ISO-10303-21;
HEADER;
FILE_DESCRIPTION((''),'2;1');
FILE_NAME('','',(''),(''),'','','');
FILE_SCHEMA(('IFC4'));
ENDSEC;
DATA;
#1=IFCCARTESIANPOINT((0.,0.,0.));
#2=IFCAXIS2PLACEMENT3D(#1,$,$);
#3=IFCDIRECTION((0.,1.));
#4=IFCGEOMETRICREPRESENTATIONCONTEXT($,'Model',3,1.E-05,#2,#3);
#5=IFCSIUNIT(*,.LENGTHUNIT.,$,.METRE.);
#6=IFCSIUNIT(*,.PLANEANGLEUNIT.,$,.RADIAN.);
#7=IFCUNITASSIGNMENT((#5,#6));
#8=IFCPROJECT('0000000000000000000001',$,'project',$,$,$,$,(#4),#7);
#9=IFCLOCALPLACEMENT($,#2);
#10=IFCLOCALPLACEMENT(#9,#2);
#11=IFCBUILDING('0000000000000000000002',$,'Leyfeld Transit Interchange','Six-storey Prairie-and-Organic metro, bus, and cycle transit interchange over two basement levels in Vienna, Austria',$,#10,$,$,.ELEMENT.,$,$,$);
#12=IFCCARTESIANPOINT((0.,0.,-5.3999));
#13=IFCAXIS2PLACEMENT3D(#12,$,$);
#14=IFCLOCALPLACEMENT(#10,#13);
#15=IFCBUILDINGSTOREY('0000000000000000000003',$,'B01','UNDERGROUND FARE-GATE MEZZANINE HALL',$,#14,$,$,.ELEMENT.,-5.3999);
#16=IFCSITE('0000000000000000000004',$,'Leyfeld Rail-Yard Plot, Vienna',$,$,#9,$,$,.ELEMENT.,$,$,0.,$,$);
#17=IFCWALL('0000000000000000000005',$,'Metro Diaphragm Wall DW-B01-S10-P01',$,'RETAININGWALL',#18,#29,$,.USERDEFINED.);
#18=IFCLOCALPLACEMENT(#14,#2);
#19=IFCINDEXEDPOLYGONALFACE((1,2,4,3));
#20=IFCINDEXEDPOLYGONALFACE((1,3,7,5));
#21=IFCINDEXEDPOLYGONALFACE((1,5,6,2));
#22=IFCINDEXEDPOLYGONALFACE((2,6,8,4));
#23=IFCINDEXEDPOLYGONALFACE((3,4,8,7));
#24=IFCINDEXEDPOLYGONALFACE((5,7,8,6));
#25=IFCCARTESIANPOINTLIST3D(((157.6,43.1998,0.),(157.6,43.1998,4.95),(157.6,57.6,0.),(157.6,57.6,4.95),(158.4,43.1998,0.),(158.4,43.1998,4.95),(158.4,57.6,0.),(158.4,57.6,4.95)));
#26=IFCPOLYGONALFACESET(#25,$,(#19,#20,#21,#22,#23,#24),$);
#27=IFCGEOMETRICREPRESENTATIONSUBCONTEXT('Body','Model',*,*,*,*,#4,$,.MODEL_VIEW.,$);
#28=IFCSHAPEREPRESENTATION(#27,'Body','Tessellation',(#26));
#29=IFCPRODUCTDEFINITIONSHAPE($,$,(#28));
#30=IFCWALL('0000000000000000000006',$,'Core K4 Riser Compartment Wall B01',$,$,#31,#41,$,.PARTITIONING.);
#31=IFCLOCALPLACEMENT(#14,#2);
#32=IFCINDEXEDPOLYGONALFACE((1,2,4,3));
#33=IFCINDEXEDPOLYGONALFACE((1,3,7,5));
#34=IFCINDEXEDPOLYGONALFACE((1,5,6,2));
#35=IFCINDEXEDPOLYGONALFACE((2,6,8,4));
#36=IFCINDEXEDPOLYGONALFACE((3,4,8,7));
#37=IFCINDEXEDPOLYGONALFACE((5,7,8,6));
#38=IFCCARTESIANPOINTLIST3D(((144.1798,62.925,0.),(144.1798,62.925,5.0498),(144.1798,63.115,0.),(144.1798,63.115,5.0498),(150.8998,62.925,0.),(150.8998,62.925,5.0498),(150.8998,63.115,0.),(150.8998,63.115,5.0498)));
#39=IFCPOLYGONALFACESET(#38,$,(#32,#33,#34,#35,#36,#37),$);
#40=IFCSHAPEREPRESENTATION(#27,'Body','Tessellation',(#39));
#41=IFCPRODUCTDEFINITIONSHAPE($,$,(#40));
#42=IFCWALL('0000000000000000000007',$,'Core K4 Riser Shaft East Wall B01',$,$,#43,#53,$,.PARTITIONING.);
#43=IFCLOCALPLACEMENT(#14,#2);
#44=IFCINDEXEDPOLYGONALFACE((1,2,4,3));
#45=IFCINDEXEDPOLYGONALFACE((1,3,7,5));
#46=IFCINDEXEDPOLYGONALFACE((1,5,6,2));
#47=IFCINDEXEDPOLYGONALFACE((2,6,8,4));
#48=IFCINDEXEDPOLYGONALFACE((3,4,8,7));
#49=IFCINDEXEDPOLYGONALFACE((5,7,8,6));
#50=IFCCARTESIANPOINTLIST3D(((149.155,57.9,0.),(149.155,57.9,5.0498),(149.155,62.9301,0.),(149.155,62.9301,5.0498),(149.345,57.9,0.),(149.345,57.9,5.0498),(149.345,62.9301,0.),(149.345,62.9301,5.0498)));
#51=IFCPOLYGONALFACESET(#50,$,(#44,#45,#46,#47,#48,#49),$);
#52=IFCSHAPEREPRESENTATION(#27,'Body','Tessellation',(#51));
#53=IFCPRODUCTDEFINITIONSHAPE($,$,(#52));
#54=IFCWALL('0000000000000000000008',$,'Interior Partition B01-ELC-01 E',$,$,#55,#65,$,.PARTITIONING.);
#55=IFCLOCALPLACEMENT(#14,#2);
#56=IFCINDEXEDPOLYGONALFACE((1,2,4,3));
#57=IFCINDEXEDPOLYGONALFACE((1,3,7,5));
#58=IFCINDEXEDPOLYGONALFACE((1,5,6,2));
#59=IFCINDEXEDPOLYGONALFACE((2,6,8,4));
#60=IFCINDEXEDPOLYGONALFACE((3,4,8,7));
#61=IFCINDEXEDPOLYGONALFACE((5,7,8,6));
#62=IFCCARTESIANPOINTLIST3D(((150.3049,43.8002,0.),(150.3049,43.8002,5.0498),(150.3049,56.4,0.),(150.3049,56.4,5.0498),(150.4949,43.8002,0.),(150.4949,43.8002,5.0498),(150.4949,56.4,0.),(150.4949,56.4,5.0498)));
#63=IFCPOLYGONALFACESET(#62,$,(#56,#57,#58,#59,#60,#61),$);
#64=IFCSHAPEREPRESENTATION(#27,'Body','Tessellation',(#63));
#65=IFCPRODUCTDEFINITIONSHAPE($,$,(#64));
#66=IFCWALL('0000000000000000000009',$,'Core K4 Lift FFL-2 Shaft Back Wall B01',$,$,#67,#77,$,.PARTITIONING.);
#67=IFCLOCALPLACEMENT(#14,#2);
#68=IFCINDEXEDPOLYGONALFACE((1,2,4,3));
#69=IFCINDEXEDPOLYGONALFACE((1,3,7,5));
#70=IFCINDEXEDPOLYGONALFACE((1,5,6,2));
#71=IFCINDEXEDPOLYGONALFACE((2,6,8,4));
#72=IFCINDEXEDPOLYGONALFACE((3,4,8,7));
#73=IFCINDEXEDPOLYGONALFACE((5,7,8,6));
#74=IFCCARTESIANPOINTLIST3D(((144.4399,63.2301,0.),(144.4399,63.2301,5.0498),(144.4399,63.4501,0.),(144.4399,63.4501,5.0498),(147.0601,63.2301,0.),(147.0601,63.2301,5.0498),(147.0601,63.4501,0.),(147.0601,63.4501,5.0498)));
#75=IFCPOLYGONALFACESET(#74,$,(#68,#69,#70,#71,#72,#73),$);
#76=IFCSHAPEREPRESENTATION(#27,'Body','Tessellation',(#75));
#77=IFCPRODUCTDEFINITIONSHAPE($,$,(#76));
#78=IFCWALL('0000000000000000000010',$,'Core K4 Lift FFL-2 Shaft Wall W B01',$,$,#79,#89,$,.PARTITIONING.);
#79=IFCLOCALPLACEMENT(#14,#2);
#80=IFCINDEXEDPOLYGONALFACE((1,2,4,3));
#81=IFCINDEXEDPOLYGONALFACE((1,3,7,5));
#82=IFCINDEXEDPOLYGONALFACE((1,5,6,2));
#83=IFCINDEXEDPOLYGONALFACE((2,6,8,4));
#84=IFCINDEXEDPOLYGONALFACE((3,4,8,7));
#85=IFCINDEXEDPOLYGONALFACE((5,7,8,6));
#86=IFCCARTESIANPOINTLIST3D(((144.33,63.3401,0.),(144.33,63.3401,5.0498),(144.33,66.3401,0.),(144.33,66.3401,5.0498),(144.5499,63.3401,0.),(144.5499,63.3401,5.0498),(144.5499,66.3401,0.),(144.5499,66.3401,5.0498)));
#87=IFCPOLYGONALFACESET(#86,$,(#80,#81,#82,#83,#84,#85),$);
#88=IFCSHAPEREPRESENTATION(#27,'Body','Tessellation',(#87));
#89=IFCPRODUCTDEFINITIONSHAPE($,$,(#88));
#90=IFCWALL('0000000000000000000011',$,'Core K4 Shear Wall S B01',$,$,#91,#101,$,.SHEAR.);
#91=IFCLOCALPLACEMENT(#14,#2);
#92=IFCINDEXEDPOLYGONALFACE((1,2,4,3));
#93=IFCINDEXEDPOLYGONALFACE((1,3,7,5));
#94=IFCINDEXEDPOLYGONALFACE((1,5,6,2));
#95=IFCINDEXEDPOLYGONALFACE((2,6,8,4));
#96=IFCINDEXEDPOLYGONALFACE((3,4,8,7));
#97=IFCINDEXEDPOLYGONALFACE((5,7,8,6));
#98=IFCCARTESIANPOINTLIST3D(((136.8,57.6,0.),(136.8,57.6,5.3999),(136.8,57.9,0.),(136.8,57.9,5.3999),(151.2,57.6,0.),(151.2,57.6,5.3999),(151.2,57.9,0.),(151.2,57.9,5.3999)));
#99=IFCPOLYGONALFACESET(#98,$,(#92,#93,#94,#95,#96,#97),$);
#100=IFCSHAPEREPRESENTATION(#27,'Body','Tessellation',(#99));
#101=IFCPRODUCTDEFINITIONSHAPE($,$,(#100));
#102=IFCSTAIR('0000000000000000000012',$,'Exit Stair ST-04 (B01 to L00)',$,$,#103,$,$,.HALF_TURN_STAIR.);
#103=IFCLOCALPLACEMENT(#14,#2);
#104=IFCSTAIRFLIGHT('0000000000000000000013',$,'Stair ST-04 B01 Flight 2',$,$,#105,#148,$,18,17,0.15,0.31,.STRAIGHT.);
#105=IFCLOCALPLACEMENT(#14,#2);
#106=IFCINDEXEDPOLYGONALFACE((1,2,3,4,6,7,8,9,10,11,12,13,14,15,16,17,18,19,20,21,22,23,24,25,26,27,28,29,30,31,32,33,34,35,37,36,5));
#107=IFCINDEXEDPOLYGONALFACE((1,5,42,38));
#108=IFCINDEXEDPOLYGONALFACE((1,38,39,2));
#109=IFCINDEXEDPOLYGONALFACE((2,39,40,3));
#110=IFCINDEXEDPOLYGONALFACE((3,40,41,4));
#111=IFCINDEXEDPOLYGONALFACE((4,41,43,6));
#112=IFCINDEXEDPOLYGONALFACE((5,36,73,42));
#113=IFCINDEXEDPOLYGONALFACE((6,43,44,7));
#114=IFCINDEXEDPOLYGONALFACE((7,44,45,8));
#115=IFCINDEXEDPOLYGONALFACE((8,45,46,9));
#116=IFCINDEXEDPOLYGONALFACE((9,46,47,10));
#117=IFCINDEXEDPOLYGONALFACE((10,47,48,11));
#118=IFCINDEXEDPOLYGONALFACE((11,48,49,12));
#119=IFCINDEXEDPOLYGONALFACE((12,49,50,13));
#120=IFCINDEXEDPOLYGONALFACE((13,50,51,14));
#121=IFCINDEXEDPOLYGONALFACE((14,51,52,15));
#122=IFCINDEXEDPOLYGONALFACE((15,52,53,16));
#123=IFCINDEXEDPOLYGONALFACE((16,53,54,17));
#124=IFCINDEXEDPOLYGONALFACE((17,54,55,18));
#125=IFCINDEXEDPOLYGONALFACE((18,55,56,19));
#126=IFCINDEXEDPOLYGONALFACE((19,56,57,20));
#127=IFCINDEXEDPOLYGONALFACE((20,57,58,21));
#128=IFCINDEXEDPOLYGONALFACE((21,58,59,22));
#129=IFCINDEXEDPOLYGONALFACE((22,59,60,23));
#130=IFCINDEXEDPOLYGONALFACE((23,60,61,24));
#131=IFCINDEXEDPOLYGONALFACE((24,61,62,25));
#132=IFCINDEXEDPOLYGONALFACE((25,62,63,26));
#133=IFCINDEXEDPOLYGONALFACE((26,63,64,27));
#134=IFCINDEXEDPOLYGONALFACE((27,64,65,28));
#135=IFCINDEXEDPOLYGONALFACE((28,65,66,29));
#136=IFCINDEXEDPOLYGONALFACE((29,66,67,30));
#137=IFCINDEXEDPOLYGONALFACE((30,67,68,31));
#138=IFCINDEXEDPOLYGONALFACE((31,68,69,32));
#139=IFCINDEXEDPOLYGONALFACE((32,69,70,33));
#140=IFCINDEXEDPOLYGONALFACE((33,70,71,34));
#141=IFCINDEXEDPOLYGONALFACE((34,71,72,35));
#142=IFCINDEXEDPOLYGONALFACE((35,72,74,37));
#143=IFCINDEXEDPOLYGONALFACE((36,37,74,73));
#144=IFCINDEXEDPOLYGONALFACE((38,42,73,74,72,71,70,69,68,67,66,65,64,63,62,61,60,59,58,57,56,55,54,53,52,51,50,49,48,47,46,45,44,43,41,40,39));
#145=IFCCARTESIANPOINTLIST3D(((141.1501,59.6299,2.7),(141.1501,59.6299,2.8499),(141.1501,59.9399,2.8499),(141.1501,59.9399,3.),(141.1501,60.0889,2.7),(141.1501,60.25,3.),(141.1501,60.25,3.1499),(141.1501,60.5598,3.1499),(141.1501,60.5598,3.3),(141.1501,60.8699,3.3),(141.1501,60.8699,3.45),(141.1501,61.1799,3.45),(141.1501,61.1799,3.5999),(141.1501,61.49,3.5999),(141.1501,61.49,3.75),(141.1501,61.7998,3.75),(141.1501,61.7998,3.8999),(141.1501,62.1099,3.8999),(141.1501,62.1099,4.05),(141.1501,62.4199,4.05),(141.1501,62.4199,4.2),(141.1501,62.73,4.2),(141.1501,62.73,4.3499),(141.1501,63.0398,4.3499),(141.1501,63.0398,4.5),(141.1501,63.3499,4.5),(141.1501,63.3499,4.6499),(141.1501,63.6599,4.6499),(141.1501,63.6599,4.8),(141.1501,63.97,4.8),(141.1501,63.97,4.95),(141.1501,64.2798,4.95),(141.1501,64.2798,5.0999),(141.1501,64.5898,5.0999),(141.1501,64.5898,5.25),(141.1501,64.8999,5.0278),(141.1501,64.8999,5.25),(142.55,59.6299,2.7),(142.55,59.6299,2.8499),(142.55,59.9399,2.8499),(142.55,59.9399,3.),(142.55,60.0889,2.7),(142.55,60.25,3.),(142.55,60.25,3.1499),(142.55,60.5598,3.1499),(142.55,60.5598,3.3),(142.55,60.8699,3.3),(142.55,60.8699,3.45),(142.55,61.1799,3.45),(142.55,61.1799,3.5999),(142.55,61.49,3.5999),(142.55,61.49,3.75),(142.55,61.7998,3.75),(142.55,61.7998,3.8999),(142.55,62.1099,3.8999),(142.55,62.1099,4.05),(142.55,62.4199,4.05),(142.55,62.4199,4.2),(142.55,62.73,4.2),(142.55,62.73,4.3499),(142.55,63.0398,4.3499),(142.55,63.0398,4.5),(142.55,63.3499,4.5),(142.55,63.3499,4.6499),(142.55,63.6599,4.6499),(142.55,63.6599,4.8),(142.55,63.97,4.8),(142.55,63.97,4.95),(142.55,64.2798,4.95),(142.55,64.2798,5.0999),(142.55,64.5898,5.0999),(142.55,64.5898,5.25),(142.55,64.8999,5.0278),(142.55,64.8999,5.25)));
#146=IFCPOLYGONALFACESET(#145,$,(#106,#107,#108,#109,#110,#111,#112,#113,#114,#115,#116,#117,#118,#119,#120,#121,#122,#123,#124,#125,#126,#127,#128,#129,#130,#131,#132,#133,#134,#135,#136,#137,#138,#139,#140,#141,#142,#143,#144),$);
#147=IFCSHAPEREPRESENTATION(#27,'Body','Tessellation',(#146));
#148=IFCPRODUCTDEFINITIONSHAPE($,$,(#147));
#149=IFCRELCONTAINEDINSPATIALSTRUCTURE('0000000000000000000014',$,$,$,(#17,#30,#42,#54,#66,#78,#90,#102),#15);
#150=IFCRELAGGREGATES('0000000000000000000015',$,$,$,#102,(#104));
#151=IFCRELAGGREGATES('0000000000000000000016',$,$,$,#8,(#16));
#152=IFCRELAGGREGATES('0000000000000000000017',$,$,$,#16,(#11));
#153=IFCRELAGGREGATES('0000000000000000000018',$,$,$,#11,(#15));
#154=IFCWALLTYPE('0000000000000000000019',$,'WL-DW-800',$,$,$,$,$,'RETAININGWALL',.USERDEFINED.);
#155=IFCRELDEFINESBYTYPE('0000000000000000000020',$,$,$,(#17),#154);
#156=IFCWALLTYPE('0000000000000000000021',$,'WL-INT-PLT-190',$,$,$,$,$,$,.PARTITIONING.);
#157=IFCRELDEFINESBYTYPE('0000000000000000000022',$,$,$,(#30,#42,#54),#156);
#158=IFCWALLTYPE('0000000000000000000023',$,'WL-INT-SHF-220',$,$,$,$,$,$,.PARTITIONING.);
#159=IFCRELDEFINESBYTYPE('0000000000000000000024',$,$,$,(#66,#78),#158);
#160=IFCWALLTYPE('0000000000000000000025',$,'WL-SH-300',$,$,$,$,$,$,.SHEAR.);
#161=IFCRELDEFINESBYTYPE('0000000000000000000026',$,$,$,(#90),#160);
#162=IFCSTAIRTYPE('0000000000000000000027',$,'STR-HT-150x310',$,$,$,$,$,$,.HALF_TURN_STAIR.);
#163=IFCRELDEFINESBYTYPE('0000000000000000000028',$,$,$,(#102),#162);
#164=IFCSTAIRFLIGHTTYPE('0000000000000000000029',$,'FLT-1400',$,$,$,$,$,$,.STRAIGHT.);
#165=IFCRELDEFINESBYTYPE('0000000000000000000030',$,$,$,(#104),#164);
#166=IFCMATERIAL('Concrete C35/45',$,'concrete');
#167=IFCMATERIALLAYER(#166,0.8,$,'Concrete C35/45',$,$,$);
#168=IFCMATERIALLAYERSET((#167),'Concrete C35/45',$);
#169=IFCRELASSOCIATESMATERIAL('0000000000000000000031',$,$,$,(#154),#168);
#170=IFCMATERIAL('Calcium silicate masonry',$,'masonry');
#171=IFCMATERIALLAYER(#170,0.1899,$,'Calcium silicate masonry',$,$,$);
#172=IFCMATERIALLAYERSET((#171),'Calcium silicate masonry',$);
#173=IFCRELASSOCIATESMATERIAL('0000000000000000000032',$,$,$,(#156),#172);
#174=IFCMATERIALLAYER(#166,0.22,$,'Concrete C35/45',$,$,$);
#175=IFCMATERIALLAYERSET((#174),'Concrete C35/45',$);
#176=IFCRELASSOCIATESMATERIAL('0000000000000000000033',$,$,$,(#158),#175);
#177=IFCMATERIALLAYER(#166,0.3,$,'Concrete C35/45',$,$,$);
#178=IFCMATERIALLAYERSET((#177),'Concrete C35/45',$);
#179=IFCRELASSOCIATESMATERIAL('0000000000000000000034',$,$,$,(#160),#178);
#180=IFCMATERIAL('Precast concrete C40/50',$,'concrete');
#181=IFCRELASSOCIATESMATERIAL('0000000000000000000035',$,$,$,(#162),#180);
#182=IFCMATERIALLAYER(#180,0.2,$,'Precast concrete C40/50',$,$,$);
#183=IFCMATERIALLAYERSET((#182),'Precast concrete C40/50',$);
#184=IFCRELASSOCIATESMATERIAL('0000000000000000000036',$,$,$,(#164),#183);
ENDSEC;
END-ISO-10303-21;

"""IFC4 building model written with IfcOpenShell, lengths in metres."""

from ifc_helpers import new_model, si_unit, direction, frame, frame_2d, origin, place, context, subcontext, project, spatial, polyline, rectangle, outline, extrude, material, layer, layer_set, type_object, element, aggregate, save


model = new_model("IFC4")

# Units and contexts
model_context = context("Model", 3, precision=1e-05, world=origin(), true_north=direction((0.0, 1.0)))
body_context = subcontext(model_context, "Body", "Model", "MODEL_VIEW")
ifc_project = project(units=[si_unit("LENGTHUNIT", "METRE"), si_unit("PLANEANGLEUNIT", "RADIAN")], contexts=[model_context])

# Site, building, storey
site_placement = place(None, origin())
site = spatial("IfcSite", under=ifc_project, at=site_placement, Name="Leyfeld Rail-Yard Plot, Vienna", CompositionType="ELEMENT", RefElevation=0.0)
building_placement = place(site_placement, origin())
building = spatial("IfcBuilding", under=site, at=building_placement, Name="Leyfeld Transit Interchange", Description="Six-storey Prairie-and-Organic metro, bus, and cycle transit interchange over two basement levels in Vienna, Austria", CompositionType="ELEMENT")
storey_placement = place(building_placement, frame((0.0, 0.0, -5.3999)))
storey = spatial("IfcBuildingStorey", under=building, at=storey_placement, Name="B01", Description="UNDERGROUND FARE-GATE MEZZANINE HALL", CompositionType="ELEMENT", Elevation=-5.3999)

# Shared definitions
ifc_material_1 = material(Name="Concrete C35/45", Category="concrete")

# Walls
ifc_layer_1 = layer(ifc_material_1, 0.8, Name="Concrete C35/45")
ifc_layer_set_1 = layer_set([ifc_layer_1], Name="Concrete C35/45")
wall_type_1 = type_object("IfcWallType", Name="WL-DW-800", ElementType="RETAININGWALL", PredefinedType="USERDEFINED", material=ifc_layer_set_1)
wall_1_placement = place(storey_placement, frame((158.0, 57.6001, 0.0), z_axis=(0.0, 0.0, 1.0), x_axis=(0.0, -1.0, 0.0)))
element("IfcWall", 1, at=wall_1_placement, inside=storey, type_object=wall_type_1, Name="Metro Diaphragm Wall DW-B01-S10-P01", ObjectType="RETAININGWALL", PredefinedType="USERDEFINED", context=body_context, shape_type="SweptSolid", body=[
    extrude(rectangle(XDim=14.4001, YDim=0.8, at=frame_2d((7.2002, 0.0))), origin(), (0.0, 0.0, 1.0), 4.95),
])
ifc_material_2 = material(Name="Calcium silicate masonry", Category="masonry")
ifc_layer_2 = layer(ifc_material_2, 0.1899, Name="Calcium silicate masonry")
ifc_layer_set_2 = layer_set([ifc_layer_2], Name="Calcium silicate masonry")
wall_type_2 = type_object("IfcWallType", Name="WL-INT-PLT-190", PredefinedType="PARTITIONING", material=ifc_layer_set_2)
wall_2_placement = place(storey_placement, frame((144.1799, 63.02, 0.0), z_axis=(0.0, 0.0, 1.0), x_axis=(1.0, 0.0, 0.0)))
element("IfcWall", 2, at=wall_2_placement, inside=storey, type_object=wall_type_2, Name="Core K4 Riser Compartment Wall B01", PredefinedType="PARTITIONING", context=body_context, shape_type="SweptSolid", body=[
    extrude(rectangle(XDim=6.72, YDim=0.1899, at=frame_2d((3.3599, 0.0))), origin(), (0.0, 0.0, 1.0), 5.0498),
])
wall_3_placement = place(storey_placement, frame((149.25, 57.8999, 0.0), z_axis=(0.0, 0.0, 1.0), x_axis=(0.0, 1.0, 0.0)))
element("IfcWall", 3, at=wall_3_placement, inside=storey, type_object=wall_type_2, Name="Core K4 Riser Shaft East Wall B01", PredefinedType="PARTITIONING", context=body_context, shape_type="SweptSolid", body=[
    extrude(rectangle(XDim=5.03, YDim=0.1899, at=frame_2d((2.5151, 0.0))), origin(), (0.0, 0.0, 1.0), 5.0498),
])
wall_4_placement = place(storey_placement, frame((150.3999, 56.3999, 0.0), z_axis=(0.0, 0.0, 1.0), x_axis=(0.0, -1.0, 0.0)))
element("IfcWall", 4, at=wall_4_placement, inside=storey, type_object=wall_type_2, Name="Interior Partition B01-ELC-01 E", PredefinedType="PARTITIONING", context=body_context, shape_type="SweptSolid", body=[
    extrude(rectangle(XDim=12.5999, YDim=0.1899, at=frame_2d((6.2998, 0.0))), origin(), (0.0, 0.0, 1.0), 5.0498),
])
ifc_layer_3 = layer(ifc_material_1, 0.22, Name="Concrete C35/45")
ifc_layer_set_3 = layer_set([ifc_layer_3], Name="Concrete C35/45")
wall_type_3 = type_object("IfcWallType", Name="WL-INT-SHF-220", PredefinedType="PARTITIONING", material=ifc_layer_set_3)
wall_5_placement = place(storey_placement, frame((144.4399, 63.3401, 0.0), z_axis=(0.0, 0.0, 1.0), x_axis=(1.0, 0.0, 0.0)))
element("IfcWall", 5, at=wall_5_placement, inside=storey, type_object=wall_type_3, Name="Core K4 Lift FFL-2 Shaft Back Wall B01", PredefinedType="PARTITIONING", context=body_context, shape_type="SweptSolid", body=[
    extrude(rectangle(XDim=2.6201, YDim=0.22, at=frame_2d((1.3101, 0.0))), origin(), (0.0, 0.0, 1.0), 5.0498),
])
wall_6_placement = place(storey_placement, frame((144.4399, 63.3401, 0.0), z_axis=(0.0, 0.0, 1.0), x_axis=(0.0, 1.0, 0.0)))
element("IfcWall", 6, at=wall_6_placement, inside=storey, type_object=wall_type_3, Name="Core K4 Lift FFL-2 Shaft Wall W B01", PredefinedType="PARTITIONING", context=body_context, shape_type="SweptSolid", body=[
    extrude(rectangle(XDim=3.0, YDim=0.22, at=frame_2d((1.5, 0.0))), origin(), (0.0, 0.0, 1.0), 5.0498),
])
ifc_layer_4 = layer(ifc_material_1, 0.3, Name="Concrete C35/45")
ifc_layer_set_4 = layer_set([ifc_layer_4], Name="Concrete C35/45")
wall_type_4 = type_object("IfcWallType", Name="WL-SH-300", PredefinedType="SHEAR", material=ifc_layer_set_4)
wall_7_placement = place(storey_placement, frame((151.2, 57.75, 0.0), z_axis=(0.0, 0.0, 1.0), x_axis=(-1.0, 0.0, 0.0)))
element("IfcWall", 7, at=wall_7_placement, inside=storey, type_object=wall_type_4, Name="Core K4 Shear Wall S B01", PredefinedType="SHEAR", context=body_context, shape_type="SweptSolid", body=[
    extrude(rectangle(XDim=14.3999, YDim=0.3, at=frame_2d((7.2, 0.0))), origin(), (0.0, 0.0, 1.0), 5.3999),
])

# Stair, stair flight
ifc_material_3 = material(Name="Precast concrete C40/50", Category="concrete")
stair_type = type_object("IfcStairType", Name="STR-HT-150x310", PredefinedType="HALF_TURN_STAIR", material=ifc_material_3)
stair_placement = place(storey_placement, origin())
stair = element("IfcStair", 8, at=stair_placement, inside=storey, type_object=stair_type, Name="Exit Stair ST-04 (B01 to L00)", PredefinedType="HALF_TURN_STAIR")
ifc_layer_5 = layer(ifc_material_3, 0.2, Name="Precast concrete C40/50")
ifc_layer_set_5 = layer_set([ifc_layer_5], Name="Precast concrete C40/50")
stair_flight_type = type_object("IfcStairFlightType", Name="FLT-1400", PredefinedType="STRAIGHT", material=ifc_layer_set_5)
stair_flight_placement = place(storey_placement, frame((141.8501, 59.6299, 2.7), z_axis=(0.0, 0.0, 1.0), x_axis=(0.0, 1.0, 0.0)))
stair_flight = element("IfcStairFlight", 9, at=stair_flight_placement, type_object=stair_flight_type, Name="Stair ST-04 B01 Flight 2", NumberOfRisers=18, NumberOfTreads=17, PredefinedType="STRAIGHT", RiserHeight=0.15, TreadLength=0.31, context=body_context, shape_type="SweptSolid", body=[
    extrude(outline(polyline([(0.0, 0.0), (0.0, 0.1499), (0.3101, 0.1499), (0.3101, 0.3), (0.6201, 0.3), (0.6201, 0.45), (0.9299, 0.45), (0.9299, 0.6001), (1.24, 0.6001), (1.24, 0.75), (1.55, 0.75), (1.55, 0.8999), (1.8601, 0.8999), (1.8601, 1.05), (2.1699, 1.05), (2.1699, 1.2), (2.48, 1.2), (2.48, 1.3501), (2.79, 1.3501), (2.79, 1.5), (3.1001, 1.5), (3.1001, 1.6499), (3.4099, 1.6499), (3.4099, 1.8), (3.72, 1.8), (3.72, 1.95), (4.03, 1.95), (4.03, 2.1001), (4.3401, 2.1001), (4.3401, 2.25), (4.6499, 2.25), (4.6499, 2.3999), (4.96, 2.3999), (4.96, 2.55), (5.27, 2.55), (5.27, 2.7), (5.27, 2.3279), (0.459, 0.0), (0.0, 0.0)])), frame((0.0, 0.7, 0.0), z_axis=(0.0, -1.0, 0.0), x_axis=(1.0, 0.0, 0.0)), (0.0, 0.0, 1.0), 1.3999),
])
aggregate(stair, [stair_flight])

save(model, "model.ifc")
